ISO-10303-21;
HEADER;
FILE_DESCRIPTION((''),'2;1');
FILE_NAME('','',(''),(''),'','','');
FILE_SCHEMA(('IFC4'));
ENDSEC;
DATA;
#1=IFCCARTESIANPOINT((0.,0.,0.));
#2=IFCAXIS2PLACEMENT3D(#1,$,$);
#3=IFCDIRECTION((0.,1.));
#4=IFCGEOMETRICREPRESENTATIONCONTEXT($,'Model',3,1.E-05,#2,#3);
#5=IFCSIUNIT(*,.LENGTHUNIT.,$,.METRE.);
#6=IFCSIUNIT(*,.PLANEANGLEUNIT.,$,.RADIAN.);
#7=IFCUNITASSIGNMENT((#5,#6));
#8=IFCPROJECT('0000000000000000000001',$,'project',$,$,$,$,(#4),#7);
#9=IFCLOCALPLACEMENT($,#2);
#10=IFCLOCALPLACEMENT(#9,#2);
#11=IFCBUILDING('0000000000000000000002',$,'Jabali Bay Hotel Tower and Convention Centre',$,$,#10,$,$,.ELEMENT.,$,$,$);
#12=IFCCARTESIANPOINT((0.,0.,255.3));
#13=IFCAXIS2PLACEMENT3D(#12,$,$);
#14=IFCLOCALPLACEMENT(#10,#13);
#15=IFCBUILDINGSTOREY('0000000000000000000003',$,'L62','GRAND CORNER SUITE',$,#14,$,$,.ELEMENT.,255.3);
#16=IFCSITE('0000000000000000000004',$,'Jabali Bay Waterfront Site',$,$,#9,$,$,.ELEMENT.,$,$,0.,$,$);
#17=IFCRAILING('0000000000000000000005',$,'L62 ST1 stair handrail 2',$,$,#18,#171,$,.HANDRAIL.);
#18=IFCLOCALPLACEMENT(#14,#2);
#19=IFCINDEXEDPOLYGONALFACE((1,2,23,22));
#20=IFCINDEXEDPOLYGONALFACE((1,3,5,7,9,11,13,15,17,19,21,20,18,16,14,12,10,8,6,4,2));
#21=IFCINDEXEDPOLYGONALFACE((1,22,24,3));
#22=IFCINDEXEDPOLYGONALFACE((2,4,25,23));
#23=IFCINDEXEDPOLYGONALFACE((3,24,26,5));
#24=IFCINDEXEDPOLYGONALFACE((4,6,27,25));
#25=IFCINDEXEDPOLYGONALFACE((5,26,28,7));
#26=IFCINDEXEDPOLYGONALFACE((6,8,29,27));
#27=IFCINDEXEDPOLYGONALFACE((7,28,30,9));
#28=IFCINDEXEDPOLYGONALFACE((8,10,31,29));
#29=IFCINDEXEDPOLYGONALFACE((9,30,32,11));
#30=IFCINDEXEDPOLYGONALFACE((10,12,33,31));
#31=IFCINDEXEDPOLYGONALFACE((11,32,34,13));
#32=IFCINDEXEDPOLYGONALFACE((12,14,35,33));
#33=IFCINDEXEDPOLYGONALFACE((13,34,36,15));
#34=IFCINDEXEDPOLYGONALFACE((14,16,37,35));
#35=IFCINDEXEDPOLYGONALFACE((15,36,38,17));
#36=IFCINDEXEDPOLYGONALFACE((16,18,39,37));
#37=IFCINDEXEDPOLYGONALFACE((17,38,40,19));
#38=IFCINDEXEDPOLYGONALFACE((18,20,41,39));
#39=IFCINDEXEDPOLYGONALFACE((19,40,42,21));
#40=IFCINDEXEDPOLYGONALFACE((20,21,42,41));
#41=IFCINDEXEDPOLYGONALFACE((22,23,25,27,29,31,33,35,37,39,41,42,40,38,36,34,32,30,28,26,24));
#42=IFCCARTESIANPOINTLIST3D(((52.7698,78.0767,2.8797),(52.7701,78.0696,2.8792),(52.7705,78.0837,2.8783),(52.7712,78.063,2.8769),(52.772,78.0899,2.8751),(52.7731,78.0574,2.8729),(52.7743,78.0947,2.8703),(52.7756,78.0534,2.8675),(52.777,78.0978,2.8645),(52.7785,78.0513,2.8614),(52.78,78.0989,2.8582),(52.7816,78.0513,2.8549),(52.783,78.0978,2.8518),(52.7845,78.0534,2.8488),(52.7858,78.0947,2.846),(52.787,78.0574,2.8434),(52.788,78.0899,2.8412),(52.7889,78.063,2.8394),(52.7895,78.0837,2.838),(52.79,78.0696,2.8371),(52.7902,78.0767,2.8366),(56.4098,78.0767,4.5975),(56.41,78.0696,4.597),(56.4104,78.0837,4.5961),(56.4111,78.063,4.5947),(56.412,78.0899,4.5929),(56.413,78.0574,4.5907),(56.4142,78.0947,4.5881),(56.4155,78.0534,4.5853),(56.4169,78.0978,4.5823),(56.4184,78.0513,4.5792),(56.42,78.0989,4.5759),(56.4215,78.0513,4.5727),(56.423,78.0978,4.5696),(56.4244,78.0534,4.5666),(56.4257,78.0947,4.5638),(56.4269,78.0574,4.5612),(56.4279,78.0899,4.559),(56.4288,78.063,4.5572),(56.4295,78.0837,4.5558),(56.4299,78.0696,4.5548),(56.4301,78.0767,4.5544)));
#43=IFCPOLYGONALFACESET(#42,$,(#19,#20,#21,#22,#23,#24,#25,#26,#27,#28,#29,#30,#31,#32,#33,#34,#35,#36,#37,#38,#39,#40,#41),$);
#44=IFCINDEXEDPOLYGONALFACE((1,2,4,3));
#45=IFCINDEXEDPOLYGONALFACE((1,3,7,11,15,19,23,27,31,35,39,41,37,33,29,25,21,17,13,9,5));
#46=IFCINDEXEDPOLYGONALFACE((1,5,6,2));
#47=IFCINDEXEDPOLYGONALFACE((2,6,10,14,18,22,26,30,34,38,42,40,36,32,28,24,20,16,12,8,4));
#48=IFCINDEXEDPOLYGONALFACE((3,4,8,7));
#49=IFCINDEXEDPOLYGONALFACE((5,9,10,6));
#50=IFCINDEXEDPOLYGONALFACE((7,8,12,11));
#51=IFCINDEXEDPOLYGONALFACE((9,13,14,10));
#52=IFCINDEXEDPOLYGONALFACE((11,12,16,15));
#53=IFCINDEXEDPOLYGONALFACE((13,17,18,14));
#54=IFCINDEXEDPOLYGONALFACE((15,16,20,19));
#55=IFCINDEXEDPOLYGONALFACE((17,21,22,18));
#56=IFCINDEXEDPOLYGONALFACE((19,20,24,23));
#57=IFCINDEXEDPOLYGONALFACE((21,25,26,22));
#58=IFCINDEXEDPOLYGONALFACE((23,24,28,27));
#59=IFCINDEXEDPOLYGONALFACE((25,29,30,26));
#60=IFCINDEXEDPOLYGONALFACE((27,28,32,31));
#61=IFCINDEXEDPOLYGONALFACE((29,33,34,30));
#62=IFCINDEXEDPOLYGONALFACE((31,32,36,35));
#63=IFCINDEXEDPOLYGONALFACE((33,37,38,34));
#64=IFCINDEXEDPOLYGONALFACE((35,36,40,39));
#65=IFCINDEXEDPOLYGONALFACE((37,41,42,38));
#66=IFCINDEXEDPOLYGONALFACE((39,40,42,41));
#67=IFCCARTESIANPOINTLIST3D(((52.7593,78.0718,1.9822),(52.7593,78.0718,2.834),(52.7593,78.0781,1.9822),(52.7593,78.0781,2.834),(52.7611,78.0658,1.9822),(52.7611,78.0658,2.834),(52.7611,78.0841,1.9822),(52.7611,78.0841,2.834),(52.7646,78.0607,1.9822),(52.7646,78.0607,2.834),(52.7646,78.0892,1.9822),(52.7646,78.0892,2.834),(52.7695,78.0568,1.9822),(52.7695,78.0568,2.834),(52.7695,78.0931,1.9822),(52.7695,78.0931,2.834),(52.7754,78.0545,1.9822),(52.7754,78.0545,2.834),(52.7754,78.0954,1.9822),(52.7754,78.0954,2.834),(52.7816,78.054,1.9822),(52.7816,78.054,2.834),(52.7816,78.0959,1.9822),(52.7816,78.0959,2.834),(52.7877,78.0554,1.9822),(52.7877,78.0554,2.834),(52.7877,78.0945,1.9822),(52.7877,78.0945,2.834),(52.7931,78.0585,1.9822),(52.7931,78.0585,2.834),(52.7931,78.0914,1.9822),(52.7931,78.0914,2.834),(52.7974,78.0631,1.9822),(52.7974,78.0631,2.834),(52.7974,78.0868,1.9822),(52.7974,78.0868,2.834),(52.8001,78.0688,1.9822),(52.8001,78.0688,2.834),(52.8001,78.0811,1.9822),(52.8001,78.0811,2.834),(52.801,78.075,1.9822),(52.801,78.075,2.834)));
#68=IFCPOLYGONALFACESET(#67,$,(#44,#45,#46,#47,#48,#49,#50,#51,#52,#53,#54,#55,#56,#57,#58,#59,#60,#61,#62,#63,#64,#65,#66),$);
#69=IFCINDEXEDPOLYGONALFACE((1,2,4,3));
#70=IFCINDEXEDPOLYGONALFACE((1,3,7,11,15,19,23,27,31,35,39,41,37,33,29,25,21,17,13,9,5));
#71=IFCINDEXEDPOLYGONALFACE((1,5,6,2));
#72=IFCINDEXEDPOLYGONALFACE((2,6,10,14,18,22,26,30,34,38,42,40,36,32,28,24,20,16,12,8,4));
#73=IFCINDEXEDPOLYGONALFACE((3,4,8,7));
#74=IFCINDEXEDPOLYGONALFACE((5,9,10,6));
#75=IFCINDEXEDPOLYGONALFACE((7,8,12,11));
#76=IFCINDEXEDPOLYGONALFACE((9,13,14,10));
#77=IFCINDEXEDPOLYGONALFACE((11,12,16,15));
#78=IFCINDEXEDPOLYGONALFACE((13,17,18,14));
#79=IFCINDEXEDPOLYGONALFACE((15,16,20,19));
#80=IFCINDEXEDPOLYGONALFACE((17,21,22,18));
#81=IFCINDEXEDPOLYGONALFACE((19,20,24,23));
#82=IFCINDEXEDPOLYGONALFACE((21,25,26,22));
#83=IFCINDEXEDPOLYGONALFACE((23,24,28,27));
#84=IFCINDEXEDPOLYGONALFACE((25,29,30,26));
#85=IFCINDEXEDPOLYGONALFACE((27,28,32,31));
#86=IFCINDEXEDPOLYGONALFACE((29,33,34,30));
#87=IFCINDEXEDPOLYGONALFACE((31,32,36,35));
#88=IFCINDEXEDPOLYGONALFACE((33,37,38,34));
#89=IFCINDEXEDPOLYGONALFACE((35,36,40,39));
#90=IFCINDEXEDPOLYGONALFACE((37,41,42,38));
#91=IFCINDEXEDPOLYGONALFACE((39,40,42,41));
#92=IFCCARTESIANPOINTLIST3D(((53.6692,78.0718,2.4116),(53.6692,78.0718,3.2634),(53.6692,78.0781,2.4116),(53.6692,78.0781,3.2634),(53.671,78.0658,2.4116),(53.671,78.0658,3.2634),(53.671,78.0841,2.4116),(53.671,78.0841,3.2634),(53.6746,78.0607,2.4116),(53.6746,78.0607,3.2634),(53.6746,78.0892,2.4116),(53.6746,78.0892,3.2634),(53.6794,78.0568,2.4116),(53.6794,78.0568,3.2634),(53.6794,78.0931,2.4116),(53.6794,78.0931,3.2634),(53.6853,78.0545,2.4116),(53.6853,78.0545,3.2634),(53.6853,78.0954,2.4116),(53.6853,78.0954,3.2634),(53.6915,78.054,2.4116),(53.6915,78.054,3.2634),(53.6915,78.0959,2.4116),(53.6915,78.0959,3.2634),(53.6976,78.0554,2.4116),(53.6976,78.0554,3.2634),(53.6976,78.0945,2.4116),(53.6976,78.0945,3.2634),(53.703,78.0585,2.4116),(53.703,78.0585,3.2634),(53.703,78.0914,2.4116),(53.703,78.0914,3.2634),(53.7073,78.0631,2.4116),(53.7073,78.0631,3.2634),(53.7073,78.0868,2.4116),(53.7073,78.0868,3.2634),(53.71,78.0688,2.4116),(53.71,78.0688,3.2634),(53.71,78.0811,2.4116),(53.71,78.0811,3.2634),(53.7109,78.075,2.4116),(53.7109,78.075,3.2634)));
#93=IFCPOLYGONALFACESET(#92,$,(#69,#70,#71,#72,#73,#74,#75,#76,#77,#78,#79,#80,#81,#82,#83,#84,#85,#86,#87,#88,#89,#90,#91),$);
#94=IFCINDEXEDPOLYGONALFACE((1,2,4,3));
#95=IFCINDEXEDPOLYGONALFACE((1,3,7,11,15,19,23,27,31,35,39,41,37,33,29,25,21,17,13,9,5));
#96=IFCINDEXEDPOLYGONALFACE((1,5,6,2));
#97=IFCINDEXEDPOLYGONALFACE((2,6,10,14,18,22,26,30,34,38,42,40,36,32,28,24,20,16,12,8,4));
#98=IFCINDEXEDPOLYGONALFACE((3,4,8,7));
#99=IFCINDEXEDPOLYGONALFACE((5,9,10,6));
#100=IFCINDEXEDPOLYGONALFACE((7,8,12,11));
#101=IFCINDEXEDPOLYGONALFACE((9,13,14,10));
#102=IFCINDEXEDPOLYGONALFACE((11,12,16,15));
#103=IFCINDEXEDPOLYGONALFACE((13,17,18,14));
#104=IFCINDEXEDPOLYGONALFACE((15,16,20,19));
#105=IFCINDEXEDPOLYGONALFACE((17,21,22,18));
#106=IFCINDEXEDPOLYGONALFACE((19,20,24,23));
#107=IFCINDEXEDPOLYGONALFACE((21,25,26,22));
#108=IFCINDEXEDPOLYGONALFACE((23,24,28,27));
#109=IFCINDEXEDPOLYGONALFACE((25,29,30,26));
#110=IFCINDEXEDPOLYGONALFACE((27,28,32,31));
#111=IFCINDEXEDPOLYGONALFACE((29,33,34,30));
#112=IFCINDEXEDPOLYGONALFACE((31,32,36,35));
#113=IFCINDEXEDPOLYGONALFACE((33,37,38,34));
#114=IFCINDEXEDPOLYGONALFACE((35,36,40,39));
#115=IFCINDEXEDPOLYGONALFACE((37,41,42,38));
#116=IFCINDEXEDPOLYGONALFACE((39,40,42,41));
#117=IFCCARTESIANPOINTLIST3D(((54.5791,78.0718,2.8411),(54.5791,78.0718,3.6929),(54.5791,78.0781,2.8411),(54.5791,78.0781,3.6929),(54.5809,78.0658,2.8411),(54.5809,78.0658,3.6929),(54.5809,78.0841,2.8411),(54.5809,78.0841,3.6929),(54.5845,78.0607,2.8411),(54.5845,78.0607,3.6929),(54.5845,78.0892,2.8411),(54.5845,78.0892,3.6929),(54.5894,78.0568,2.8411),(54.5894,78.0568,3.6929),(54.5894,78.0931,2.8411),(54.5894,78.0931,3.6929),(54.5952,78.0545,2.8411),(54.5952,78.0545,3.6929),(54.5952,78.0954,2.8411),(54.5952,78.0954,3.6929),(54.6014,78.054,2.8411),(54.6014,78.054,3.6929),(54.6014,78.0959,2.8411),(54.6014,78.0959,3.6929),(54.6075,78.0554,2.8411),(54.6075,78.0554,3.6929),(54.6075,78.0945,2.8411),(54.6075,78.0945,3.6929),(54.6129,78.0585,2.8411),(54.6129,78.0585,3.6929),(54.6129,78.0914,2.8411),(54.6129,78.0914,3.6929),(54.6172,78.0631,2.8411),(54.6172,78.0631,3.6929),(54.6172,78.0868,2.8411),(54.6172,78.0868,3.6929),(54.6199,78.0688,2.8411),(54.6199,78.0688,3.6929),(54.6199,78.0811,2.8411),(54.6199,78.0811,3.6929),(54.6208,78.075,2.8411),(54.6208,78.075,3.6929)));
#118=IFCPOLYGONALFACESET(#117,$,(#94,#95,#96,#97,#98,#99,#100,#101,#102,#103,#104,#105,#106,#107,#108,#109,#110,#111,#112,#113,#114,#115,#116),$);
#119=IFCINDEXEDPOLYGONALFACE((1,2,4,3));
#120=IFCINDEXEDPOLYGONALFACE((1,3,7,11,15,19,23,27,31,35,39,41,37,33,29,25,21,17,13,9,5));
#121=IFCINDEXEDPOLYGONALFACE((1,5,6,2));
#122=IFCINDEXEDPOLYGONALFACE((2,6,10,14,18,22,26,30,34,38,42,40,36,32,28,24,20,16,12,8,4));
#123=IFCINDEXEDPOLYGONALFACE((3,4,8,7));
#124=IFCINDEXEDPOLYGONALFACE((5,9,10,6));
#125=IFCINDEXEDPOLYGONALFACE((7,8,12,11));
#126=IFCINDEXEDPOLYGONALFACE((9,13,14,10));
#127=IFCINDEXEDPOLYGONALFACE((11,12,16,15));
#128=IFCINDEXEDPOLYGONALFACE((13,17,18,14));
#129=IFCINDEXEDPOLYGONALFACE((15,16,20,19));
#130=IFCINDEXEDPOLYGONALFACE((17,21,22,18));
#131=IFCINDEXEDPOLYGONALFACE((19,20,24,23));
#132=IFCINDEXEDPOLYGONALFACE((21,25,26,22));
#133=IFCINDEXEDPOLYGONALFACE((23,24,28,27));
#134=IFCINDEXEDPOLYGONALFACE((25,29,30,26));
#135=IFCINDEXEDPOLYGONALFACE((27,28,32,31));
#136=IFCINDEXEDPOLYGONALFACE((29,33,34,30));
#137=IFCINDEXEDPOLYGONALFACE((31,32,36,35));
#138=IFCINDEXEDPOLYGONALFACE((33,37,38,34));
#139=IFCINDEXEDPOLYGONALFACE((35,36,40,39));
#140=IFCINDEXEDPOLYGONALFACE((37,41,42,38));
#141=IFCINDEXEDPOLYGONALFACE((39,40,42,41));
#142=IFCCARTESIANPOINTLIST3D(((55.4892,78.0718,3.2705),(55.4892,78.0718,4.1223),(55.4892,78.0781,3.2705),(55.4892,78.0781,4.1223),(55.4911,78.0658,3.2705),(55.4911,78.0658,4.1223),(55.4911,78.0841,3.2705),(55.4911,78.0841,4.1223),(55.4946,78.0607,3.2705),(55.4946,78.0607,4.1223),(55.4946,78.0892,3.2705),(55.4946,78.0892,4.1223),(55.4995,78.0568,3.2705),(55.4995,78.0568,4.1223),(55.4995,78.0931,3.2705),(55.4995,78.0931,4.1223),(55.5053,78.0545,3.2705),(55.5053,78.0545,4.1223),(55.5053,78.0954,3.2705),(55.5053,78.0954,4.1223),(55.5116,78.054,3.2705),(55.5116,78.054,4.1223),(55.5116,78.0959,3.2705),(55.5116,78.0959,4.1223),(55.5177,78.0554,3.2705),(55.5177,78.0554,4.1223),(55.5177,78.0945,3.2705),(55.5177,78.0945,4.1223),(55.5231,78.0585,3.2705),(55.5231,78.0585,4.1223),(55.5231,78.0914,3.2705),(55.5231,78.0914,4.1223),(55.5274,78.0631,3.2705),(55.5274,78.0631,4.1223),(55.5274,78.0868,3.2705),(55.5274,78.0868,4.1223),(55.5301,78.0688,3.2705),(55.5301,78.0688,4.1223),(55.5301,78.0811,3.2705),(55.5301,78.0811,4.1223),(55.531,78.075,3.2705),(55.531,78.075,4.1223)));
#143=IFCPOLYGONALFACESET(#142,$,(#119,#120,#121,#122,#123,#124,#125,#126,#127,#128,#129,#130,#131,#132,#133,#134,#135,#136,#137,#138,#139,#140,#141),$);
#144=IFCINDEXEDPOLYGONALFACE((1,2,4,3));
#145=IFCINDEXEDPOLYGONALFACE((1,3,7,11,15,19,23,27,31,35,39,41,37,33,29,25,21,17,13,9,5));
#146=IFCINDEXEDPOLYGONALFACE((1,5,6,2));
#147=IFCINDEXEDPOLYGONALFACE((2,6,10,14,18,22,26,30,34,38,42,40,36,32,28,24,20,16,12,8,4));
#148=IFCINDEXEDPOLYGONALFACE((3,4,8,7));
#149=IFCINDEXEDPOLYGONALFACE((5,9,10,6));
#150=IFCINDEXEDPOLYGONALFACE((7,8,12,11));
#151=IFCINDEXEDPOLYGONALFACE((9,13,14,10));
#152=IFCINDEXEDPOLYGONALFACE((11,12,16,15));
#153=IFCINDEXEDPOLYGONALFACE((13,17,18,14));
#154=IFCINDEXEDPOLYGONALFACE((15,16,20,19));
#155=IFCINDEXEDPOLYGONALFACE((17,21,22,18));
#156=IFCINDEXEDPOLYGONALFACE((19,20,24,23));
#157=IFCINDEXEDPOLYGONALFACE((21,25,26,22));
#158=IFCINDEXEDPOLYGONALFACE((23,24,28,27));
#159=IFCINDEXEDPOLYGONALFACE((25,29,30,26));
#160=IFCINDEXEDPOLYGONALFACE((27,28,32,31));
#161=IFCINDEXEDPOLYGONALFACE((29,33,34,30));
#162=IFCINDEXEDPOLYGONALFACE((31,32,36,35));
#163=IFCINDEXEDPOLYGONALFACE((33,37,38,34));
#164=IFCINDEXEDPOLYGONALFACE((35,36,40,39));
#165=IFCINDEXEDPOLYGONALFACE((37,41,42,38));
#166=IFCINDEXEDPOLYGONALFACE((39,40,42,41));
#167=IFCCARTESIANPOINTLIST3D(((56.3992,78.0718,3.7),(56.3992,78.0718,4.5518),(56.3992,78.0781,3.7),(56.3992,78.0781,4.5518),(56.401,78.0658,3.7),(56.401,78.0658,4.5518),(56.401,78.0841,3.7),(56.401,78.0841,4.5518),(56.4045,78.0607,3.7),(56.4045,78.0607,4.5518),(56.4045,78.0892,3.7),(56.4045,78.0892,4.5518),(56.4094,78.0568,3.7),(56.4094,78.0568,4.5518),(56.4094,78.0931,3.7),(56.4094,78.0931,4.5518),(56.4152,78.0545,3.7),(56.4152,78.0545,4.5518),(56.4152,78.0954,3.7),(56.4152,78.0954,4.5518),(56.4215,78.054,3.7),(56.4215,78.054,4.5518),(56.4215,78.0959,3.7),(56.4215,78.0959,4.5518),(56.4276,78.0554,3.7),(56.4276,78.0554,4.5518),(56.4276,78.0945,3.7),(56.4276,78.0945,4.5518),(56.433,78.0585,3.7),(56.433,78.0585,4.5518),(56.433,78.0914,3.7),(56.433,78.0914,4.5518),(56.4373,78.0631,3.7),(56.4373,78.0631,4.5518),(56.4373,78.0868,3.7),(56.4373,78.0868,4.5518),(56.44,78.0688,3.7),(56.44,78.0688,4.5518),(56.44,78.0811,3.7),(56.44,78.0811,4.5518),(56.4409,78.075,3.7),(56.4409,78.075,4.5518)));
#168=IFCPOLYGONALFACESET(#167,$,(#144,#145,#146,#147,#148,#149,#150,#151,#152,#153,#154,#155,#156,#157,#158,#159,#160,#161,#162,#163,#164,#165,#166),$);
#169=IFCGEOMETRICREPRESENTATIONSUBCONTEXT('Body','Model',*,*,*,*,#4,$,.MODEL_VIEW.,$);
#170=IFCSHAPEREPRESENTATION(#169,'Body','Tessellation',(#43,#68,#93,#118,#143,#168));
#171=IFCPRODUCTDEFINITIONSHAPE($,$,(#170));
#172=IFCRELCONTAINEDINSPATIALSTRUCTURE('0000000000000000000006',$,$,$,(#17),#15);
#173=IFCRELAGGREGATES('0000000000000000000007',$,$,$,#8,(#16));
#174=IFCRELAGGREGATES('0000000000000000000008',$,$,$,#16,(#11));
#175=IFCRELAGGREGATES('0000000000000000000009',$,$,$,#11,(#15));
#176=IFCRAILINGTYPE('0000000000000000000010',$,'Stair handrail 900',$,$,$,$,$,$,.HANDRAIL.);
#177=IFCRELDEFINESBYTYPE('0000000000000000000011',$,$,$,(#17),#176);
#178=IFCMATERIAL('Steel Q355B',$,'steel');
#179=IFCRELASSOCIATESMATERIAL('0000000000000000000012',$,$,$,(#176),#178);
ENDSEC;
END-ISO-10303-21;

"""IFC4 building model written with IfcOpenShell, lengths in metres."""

from ifc_helpers import new_model, si_unit, direction, frame, origin, origin_2d, place, context, subcontext, project, spatial, circle, extrude, material, type_object, element, save


model = new_model("IFC4")

# Units and contexts
model_context = context("Model", 3, precision=1e-05, world=origin(), true_north=direction((0.0, 1.0)))
body_context = subcontext(model_context, "Body", "Model", "MODEL_VIEW")
ifc_project = project(units=[si_unit("LENGTHUNIT", "METRE"), si_unit("PLANEANGLEUNIT", "RADIAN")], contexts=[model_context])

# Site, building, storey
site_placement = place(None, origin())
site = spatial("IfcSite", under=ifc_project, at=site_placement, Name="Jabali Bay Waterfront Site", CompositionType="ELEMENT", RefElevation=0.0)
building_placement = place(site_placement, origin())
building = spatial("IfcBuilding", under=site, at=building_placement, Name="Jabali Bay Hotel Tower and Convention Centre", CompositionType="ELEMENT")
storey_placement = place(building_placement, frame((0.0, 0.0, 255.3)))
storey = spatial("IfcBuildingStorey", under=building, at=storey_placement, Name="L62", Description="GRAND CORNER SUITE", CompositionType="ELEMENT", Elevation=255.3)

# Railing
ifc_material_1 = material(Name="Steel Q355B", Category="steel")
railing_type = type_object("IfcRailingType", Name="Stair handrail 900", PredefinedType="HANDRAIL", material=ifc_material_1)
railing_placement = place(storey_placement, frame((52.78, 78.075, 1.9822)))
element("IfcRailing", 1, at=railing_placement, inside=storey, type_object=railing_type, Name="L62 ST1 stair handrail 2", PredefinedType="HANDRAIL", context=body_context, shape_type="SweptSolid", body=[
    extrude(circle(Radius=0.0239, at=origin_2d()), frame((0.0, 0.0, 0.876), z_axis=(0.904351, 0.0, 0.42679), x_axis=(0.0, 1.0, 0.0)), (0.0, 0.0, 1.0), 4.0249),
    extrude(circle(Radius=0.021, at=origin_2d()), origin(), (0.0, 0.0, 1.0), 0.8518),
    extrude(circle(Radius=0.021, at=origin_2d()), frame((0.9099, 0.0, 0.4294)), (0.0, 0.0, 1.0), 0.8518),
    extrude(circle(Radius=0.021, at=origin_2d()), frame((1.8198, 0.0, 0.8589)), (0.0, 0.0, 1.0), 0.8518),
    extrude(circle(Radius=0.021, at=origin_2d()), frame((2.73, 0.0, 1.2883)), (0.0, 0.0, 1.0), 0.8518),
    extrude(circle(Radius=0.021, at=origin_2d()), frame((3.6399, 0.0, 1.7178)), (0.0, 0.0, 1.0), 0.8518),
])

save(model, "model.ifc")
